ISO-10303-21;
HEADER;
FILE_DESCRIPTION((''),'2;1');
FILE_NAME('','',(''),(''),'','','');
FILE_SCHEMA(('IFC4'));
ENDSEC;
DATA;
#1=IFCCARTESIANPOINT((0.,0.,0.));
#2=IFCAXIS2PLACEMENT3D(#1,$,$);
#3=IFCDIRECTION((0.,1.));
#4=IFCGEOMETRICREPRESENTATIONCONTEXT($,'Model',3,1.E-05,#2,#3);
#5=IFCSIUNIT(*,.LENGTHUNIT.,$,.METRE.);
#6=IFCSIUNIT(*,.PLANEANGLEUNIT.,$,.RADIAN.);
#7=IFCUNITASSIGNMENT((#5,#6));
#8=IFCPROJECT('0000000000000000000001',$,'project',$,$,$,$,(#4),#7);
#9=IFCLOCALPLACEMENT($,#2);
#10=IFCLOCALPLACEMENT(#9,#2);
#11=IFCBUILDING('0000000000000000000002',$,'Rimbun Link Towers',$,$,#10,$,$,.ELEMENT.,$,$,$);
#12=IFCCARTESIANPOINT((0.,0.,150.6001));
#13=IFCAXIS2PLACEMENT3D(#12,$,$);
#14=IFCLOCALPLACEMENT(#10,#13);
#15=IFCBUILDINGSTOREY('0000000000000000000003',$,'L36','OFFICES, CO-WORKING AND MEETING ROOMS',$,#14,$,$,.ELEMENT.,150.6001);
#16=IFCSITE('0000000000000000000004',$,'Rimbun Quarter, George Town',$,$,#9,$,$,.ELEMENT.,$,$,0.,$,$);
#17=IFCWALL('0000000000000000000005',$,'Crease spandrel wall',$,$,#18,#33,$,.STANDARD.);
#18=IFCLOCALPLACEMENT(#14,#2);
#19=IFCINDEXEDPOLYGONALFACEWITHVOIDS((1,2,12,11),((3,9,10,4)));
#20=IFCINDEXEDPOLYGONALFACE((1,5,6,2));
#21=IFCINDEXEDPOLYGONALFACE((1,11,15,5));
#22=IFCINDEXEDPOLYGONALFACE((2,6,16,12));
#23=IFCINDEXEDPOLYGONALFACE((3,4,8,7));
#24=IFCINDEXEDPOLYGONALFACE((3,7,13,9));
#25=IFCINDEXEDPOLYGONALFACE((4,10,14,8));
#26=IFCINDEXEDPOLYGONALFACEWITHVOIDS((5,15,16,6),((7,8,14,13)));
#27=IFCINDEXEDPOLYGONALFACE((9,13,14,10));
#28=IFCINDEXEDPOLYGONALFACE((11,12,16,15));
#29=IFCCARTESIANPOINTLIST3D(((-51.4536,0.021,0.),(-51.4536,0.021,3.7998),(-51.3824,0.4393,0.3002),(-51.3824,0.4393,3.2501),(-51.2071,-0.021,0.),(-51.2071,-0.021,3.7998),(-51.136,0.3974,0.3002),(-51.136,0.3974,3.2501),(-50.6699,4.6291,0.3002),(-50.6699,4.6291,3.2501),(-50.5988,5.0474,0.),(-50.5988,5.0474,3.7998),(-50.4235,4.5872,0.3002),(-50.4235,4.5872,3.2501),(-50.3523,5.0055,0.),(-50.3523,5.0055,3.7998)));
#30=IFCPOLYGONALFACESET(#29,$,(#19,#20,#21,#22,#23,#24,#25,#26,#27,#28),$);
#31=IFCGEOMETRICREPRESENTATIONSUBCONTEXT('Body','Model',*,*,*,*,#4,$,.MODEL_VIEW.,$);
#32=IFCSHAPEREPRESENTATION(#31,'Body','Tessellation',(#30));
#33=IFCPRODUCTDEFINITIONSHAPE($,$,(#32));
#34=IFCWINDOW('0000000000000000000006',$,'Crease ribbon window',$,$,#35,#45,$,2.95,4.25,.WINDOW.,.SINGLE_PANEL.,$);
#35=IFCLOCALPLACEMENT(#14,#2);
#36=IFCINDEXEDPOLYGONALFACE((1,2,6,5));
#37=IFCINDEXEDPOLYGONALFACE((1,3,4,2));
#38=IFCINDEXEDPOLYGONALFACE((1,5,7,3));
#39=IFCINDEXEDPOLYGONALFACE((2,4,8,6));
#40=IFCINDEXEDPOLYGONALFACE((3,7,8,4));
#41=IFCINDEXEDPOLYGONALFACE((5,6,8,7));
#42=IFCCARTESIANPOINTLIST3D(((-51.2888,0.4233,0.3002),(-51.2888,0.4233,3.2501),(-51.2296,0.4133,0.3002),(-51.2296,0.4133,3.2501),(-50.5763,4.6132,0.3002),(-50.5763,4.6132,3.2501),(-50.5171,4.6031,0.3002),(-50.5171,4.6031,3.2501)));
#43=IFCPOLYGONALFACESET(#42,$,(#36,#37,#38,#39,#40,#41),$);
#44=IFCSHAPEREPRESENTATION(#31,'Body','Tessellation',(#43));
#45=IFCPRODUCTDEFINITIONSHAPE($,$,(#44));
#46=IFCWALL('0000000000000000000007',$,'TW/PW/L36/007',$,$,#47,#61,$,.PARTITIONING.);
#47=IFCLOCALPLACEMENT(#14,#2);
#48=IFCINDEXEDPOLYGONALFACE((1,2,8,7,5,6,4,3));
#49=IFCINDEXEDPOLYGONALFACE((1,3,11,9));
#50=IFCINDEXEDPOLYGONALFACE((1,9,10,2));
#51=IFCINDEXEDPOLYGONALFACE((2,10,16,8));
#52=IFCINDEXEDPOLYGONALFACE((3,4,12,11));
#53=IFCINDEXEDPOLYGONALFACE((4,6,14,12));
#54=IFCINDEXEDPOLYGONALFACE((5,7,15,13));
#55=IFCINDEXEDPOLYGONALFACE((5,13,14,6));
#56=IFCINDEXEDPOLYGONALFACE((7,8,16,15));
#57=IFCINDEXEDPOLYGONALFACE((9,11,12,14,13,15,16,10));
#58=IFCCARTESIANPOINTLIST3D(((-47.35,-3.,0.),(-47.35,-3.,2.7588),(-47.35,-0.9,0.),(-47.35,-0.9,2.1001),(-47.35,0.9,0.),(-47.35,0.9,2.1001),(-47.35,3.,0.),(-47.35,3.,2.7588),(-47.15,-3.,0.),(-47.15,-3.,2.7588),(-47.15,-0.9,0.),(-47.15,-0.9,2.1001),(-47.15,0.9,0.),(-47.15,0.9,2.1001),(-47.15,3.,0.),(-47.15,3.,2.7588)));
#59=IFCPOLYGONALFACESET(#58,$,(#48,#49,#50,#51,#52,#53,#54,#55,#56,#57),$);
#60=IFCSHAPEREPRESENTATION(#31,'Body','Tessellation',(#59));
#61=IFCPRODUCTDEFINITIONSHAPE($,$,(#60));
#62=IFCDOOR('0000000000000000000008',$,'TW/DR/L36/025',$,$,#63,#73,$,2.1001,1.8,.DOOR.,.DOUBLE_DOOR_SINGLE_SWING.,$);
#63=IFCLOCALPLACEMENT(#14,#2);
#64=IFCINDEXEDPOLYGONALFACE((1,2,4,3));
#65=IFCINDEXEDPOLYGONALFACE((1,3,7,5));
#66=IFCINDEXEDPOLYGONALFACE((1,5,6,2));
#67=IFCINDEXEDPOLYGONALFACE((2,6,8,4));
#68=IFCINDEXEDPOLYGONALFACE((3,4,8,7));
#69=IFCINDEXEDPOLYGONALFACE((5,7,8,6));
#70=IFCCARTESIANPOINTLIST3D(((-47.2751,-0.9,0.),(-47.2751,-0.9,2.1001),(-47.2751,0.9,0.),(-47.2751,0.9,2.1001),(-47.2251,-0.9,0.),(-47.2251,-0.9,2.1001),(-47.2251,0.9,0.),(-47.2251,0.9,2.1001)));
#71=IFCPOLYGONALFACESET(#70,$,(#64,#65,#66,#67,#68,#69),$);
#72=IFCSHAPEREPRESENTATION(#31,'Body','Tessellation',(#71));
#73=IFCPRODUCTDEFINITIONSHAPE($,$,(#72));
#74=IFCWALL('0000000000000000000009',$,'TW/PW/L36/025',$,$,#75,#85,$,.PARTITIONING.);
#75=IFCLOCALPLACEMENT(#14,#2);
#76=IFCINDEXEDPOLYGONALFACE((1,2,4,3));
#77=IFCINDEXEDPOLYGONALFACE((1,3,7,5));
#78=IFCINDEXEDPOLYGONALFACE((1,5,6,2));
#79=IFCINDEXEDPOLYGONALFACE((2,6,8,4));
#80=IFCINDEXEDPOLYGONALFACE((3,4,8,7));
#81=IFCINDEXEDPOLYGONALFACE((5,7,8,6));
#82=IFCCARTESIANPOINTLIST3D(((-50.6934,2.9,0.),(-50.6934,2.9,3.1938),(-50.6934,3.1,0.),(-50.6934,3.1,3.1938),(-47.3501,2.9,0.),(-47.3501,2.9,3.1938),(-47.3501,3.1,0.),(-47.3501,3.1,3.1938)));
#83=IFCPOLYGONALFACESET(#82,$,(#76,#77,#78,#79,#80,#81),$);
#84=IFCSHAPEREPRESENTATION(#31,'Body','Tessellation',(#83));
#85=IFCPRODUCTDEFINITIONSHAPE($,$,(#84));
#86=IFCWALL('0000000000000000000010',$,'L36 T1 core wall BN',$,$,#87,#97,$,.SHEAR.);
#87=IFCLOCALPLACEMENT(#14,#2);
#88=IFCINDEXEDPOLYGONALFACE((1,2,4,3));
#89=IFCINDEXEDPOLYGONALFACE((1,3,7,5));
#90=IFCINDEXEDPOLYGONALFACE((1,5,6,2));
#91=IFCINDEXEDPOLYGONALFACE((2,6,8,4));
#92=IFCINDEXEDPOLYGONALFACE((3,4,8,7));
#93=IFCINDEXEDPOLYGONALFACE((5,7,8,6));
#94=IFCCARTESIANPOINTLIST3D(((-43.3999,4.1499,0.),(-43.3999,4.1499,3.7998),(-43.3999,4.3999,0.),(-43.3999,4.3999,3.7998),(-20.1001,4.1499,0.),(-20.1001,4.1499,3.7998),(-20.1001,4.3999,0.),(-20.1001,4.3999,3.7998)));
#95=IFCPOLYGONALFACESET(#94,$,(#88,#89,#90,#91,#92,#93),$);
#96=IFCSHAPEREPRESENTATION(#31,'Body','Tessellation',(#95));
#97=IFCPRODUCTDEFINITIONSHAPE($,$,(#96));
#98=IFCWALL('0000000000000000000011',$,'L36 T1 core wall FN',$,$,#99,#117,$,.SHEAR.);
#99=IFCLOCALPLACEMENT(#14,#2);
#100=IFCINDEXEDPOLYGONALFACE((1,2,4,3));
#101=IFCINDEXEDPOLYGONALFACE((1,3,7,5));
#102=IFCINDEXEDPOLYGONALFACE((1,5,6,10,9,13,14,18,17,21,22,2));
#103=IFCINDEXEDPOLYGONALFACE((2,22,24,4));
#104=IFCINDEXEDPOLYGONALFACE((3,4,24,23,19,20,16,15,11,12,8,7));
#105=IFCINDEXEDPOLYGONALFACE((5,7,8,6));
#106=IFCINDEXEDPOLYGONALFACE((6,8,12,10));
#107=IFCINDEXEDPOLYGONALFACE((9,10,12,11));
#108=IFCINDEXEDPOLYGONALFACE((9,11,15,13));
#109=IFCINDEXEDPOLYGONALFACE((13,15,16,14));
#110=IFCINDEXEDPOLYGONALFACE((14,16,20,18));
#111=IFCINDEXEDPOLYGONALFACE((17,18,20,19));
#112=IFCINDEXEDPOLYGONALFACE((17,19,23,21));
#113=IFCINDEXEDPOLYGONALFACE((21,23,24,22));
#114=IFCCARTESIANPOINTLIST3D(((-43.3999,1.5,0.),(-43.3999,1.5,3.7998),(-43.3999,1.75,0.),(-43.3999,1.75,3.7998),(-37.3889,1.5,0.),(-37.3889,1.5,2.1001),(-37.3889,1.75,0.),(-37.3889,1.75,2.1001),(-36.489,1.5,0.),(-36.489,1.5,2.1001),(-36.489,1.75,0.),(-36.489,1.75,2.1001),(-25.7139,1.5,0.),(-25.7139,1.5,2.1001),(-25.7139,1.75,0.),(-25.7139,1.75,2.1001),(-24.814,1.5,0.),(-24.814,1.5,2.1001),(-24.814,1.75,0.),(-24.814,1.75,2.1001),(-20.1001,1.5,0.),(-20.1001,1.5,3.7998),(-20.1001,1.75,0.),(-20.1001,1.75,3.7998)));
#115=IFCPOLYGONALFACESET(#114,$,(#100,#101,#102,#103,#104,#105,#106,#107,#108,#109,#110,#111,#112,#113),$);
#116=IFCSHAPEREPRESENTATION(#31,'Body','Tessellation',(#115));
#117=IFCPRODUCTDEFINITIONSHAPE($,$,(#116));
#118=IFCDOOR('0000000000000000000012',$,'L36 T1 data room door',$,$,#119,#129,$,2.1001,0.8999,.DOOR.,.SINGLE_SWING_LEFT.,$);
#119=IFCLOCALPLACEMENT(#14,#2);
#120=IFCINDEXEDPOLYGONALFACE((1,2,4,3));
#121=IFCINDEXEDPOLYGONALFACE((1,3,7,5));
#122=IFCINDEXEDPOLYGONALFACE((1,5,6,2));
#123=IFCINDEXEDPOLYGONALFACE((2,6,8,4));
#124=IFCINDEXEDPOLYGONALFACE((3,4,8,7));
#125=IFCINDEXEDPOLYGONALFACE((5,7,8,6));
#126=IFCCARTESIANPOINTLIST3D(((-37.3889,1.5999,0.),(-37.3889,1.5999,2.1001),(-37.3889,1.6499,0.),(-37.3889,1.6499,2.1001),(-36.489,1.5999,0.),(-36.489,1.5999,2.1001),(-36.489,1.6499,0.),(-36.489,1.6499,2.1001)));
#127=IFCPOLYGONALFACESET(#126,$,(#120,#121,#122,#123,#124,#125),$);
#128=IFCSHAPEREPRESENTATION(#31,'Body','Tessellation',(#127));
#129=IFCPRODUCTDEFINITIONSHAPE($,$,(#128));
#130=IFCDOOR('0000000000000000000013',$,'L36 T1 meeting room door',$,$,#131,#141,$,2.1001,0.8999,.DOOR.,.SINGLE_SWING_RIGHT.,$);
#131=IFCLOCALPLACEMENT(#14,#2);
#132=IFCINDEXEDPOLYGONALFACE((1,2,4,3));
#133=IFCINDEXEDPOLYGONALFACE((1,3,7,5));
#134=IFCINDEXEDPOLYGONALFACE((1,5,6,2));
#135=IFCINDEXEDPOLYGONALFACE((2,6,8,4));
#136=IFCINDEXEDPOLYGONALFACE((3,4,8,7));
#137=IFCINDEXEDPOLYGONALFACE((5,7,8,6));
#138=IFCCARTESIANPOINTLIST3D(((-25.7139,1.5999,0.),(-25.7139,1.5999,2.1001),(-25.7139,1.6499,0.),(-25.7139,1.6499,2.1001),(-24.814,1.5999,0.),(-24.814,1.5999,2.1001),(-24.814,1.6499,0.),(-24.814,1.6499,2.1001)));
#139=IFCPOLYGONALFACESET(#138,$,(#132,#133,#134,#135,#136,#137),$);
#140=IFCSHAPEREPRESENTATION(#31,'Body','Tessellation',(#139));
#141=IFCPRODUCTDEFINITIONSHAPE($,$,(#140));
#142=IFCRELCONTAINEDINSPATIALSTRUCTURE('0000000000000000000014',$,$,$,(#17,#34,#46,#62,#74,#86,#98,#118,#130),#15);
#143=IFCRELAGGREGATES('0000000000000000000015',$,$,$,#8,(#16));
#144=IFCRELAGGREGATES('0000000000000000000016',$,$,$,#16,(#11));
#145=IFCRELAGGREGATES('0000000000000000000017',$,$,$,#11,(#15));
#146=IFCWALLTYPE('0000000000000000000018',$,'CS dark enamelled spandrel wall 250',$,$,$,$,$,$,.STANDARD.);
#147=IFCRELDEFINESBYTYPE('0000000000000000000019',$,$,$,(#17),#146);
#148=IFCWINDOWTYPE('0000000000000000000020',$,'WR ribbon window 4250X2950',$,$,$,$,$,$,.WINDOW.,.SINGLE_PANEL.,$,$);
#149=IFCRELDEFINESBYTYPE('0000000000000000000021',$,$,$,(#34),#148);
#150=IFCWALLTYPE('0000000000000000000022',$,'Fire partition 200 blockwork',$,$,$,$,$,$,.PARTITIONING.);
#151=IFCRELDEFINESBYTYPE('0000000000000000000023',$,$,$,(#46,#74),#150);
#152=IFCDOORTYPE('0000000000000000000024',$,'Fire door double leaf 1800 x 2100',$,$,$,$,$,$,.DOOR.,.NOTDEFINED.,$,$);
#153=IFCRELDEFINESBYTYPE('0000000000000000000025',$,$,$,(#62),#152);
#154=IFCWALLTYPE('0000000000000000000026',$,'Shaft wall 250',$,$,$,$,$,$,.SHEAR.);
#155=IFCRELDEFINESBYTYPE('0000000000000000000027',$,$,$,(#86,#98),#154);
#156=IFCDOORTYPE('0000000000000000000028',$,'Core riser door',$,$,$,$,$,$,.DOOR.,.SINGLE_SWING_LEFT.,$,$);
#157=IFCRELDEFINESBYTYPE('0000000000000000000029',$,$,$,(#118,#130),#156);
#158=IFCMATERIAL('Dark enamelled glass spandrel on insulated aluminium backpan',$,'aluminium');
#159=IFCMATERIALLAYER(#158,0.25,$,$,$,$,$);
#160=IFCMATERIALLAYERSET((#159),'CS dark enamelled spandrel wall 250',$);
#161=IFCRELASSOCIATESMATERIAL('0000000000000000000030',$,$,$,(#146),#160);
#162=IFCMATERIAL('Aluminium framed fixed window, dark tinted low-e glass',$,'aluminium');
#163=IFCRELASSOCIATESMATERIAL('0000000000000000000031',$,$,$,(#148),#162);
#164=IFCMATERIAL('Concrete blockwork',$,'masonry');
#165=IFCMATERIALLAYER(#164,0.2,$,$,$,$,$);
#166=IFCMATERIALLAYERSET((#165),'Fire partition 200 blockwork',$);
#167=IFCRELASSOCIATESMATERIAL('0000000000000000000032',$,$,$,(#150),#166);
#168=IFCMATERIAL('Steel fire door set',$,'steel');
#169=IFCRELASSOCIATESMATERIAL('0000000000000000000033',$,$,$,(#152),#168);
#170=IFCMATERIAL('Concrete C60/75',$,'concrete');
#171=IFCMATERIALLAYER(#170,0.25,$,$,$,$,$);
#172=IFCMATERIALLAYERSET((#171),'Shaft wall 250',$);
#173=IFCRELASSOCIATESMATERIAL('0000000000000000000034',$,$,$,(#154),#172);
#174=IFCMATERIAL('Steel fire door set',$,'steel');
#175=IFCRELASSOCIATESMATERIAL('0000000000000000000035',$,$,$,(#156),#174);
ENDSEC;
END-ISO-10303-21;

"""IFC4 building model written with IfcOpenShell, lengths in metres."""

from ifc_helpers import new_model, si_unit, direction, frame, frame_2d, origin, place, context, subcontext, project, spatial, rectangle, extrude, material, layer, layer_set, type_object, element, fill, save


model = new_model("IFC4")

# Units and contexts
model_context = context("Model", 3, precision=1e-05, world=origin(), true_north=direction((0.0, 1.0)))
body_context = subcontext(model_context, "Body", "Model", "MODEL_VIEW")
ifc_project = project(units=[si_unit("LENGTHUNIT", "METRE"), si_unit("PLANEANGLEUNIT", "RADIAN")], contexts=[model_context])

# Site, building, storey
site_placement = place(None, origin())
site = spatial("IfcSite", under=ifc_project, at=site_placement, Name="Rimbun Quarter, George Town", CompositionType="ELEMENT", RefElevation=0.0)
building_placement = place(site_placement, origin())
building = spatial("IfcBuilding", under=site, at=building_placement, Name="Rimbun Link Towers", CompositionType="ELEMENT")
storey_placement = place(building_placement, frame((0.0, 0.0, 150.6001)))
storey = spatial("IfcBuildingStorey", under=building, at=storey_placement, Name="L36", Description="OFFICES, CO-WORKING AND MEETING ROOMS", CompositionType="ELEMENT", Elevation=150.6001)

# Wall, opening, window
ifc_material_1 = material(Name="Dark enamelled glass spandrel on insulated aluminium backpan", Category="aluminium")
ifc_layer_1 = layer(ifc_material_1, 0.25)
ifc_layer_set_1 = layer_set([ifc_layer_1], Name="CS dark enamelled spandrel wall 250")
wall_type_1 = type_object("IfcWallType", Name="CS dark enamelled spandrel wall 250", PredefinedType="STANDARD", material=ifc_layer_set_1)
wall_1_placement = place(storey_placement, frame((-51.3303, 0.0, 0.0), z_axis=(0.0, 0.0, 1.0), x_axis=(0.167644, 0.985848, 0.0)))
wall_1 = element("IfcWall", 1, at=wall_1_placement, inside=storey, type_object=wall_type_1, Name="Crease spandrel wall", PredefinedType="STANDARD", context=body_context, shape_type="SweptSolid", body=[
    extrude(rectangle(XDim=5.0986, YDim=0.25, at=frame_2d((2.5493, 0.0))), origin(), (0.0, 0.0, 1.0), 3.7998),
])
opening_1_placement = place(wall_1_placement, frame((0.4243, 0.0, 0.3)))
opening_1 = element("IfcOpeningElement", 2, at=opening_1_placement, cuts=wall_1, PredefinedType="OPENING", context=body_context, shape_type="SweptSolid", body=[
    extrude(rectangle(XDim=4.25, YDim=2.95, at=frame_2d((2.125, 1.4751))), frame((0.0, 0.135, 0.0), z_axis=(0.0, -1.0, 0.0), x_axis=(1.0, 0.0, 0.0)), (0.0, 0.0, 1.0), 0.27),
])
ifc_material_2 = material(Name="Aluminium framed fixed window, dark tinted low-e glass", Category="aluminium")
window_type_1 = type_object("IfcWindowType", Name="WR ribbon window 4250X2950", PartitioningType="SINGLE_PANEL", PredefinedType="WINDOW", material=ifc_material_2)
window_1_placement = place(opening_1_placement, origin())
window_1 = element("IfcWindow", 3, at=window_1_placement, inside=storey, type_object=window_type_1, Name="Crease ribbon window", OverallHeight=2.95, OverallWidth=4.25, PartitioningType="SINGLE_PANEL", PredefinedType="WINDOW", context=body_context, shape_type="SweptSolid", body=[
    extrude(rectangle(XDim=4.25, YDim=2.95, at=frame_2d((2.125, 1.4751))), frame((0.0, 0.03, 0.0), z_axis=(0.0, -1.0, 0.0), x_axis=(1.0, 0.0, 0.0)), (0.0, 0.0, 1.0), 0.0601),
])
fill(opening_1, window_1)

# Wall, opening, door
ifc_material_3 = material(Name="Concrete blockwork", Category="masonry")
ifc_layer_2 = layer(ifc_material_3, 0.2)
ifc_layer_set_2 = layer_set([ifc_layer_2], Name="Fire partition 200 blockwork")
wall_type_2 = type_object("IfcWallType", Name="Fire partition 200 blockwork", PredefinedType="PARTITIONING", material=ifc_layer_set_2)
wall_2_placement = place(storey_placement, frame((-47.25, 3.0, 0.0), z_axis=(0.0, 0.0, 1.0), x_axis=(0.0, -1.0, 0.0)))
wall_2 = element("IfcWall", 4, at=wall_2_placement, inside=storey, type_object=wall_type_2, Name="TW/PW/L36/007", PredefinedType="PARTITIONING", context=body_context, shape_type="SweptSolid", body=[
    extrude(rectangle(XDim=6.0, YDim=0.2, at=frame_2d((3.0, 0.0))), origin(), (0.0, 0.0, 1.0), 2.7588),
])
opening_2_placement = place(wall_2_placement, frame((2.1001, 0.0, 0.0)))
opening_2 = element("IfcOpeningElement", 5, at=opening_2_placement, cuts=wall_2, PredefinedType="OPENING", context=body_context, shape_type="SweptSolid", body=[
    extrude(rectangle(XDim=1.8, YDim=2.1001, at=frame_2d((0.8999, 1.05))), frame((0.0, 0.1099, 0.0), z_axis=(0.0, -1.0, 0.0), x_axis=(1.0, 0.0, 0.0)), (0.0, 0.0, 1.0), 0.22),
])
ifc_material_4 = material(Name="Steel fire door set", Category="steel")
door_type_1 = type_object("IfcDoorType", Name="Fire door double leaf 1800 x 2100", OperationType="NOTDEFINED", PredefinedType="DOOR", material=ifc_material_4)
door_1_placement = place(opening_2_placement, origin())
door_1 = element("IfcDoor", 6, at=door_1_placement, inside=storey, type_object=door_type_1, Name="TW/DR/L36/025", OperationType="DOUBLE_DOOR_SINGLE_SWING", OverallHeight=2.1001, OverallWidth=1.8, PredefinedType="DOOR", context=body_context, shape_type="SweptSolid", body=[
    extrude(rectangle(XDim=1.8, YDim=2.1001, at=frame_2d((0.8999, 1.05))), frame((0.0, 0.0249, 0.0), z_axis=(0.0, -1.0, 0.0), x_axis=(1.0, 0.0, 0.0)), (0.0, 0.0, 1.0), 0.05),
])
fill(opening_2, door_1)

# Walls
wall_3_placement = place(storey_placement, frame((-47.3501, 3.0, 0.0), z_axis=(0.0, 0.0, 1.0), x_axis=(-1.0, 0.0, 0.0)))
element("IfcWall", 7, at=wall_3_placement, inside=storey, type_object=wall_type_2, Name="TW/PW/L36/025", PredefinedType="PARTITIONING", context=body_context, shape_type="SweptSolid", body=[
    extrude(rectangle(XDim=3.3433, YDim=0.2, at=frame_2d((1.6716, 0.0))), origin(), (0.0, 0.0, 1.0), 3.1938),
])
ifc_material_5 = material(Name="Concrete C60/75", Category="concrete")
ifc_layer_3 = layer(ifc_material_5, 0.25)
ifc_layer_set_3 = layer_set([ifc_layer_3], Name="Shaft wall 250")
wall_type_3 = type_object("IfcWallType", Name="Shaft wall 250", PredefinedType="SHEAR", material=ifc_layer_set_3)
wall_4_placement = place(storey_placement, frame((-43.3999, 4.2749, 0.0), z_axis=(0.0, 0.0, 1.0), x_axis=(1.0, 0.0, 0.0)))
element("IfcWall", 8, at=wall_4_placement, inside=storey, type_object=wall_type_3, Name="L36 T1 core wall BN", PredefinedType="SHEAR", context=body_context, shape_type="SweptSolid", body=[
    extrude(rectangle(XDim=23.2998, YDim=0.25, at=frame_2d((11.6499, 0.0))), origin(), (0.0, 0.0, 1.0), 3.7998),
])

# Wall, openings, doors
wall_5_placement = place(storey_placement, frame((-43.3999, 1.625, 0.0), z_axis=(0.0, 0.0, 1.0), x_axis=(1.0, 0.0, 0.0)))
wall_5 = element("IfcWall", 9, at=wall_5_placement, inside=storey, type_object=wall_type_3, Name="L36 T1 core wall FN", PredefinedType="SHEAR", context=body_context, shape_type="SweptSolid", body=[
    extrude(rectangle(XDim=23.2998, YDim=0.25, at=frame_2d((11.6499, 0.0))), origin(), (0.0, 0.0, 1.0), 3.7998),
])
opening_3_placement = place(wall_5_placement, frame((6.011, 0.0, 0.0)))
opening_3 = element("IfcOpeningElement", 10, at=opening_3_placement, cuts=wall_5, PredefinedType="OPENING", context=body_context, shape_type="SweptSolid", body=[
    extrude(rectangle(XDim=0.8999, YDim=2.1001, at=frame_2d((0.45, 1.05))), frame((0.0, 0.135, 0.0), z_axis=(0.0, -1.0, 0.0), x_axis=(1.0, 0.0, 0.0)), (0.0, 0.0, 1.0), 0.27),
])
opening_4_placement = place(wall_5_placement, frame((17.686, 0.0, 0.0)))
opening_4 = element("IfcOpeningElement", 11, at=opening_4_placement, cuts=wall_5, PredefinedType="OPENING", context=body_context, shape_type="SweptSolid", body=[
    extrude(rectangle(XDim=0.8999, YDim=2.1001, at=frame_2d((0.45, 1.05))), frame((0.0, 0.135, 0.0), z_axis=(0.0, -1.0, 0.0), x_axis=(1.0, 0.0, 0.0)), (0.0, 0.0, 1.0), 0.27),
])
ifc_material_6 = material(Name="Steel fire door set", Category="steel")
door_type_2 = type_object("IfcDoorType", Name="Core riser door", OperationType="SINGLE_SWING_LEFT", PredefinedType="DOOR", material=ifc_material_6)
door_2_placement = place(opening_3_placement, origin())
door_2 = element("IfcDoor", 12, at=door_2_placement, inside=storey, type_object=door_type_2, Name="L36 T1 data room door", OperationType="SINGLE_SWING_LEFT", OverallHeight=2.1001, OverallWidth=0.8999, PredefinedType="DOOR", context=body_context, shape_type="SweptSolid", body=[
    extrude(rectangle(XDim=0.8999, YDim=2.1001, at=frame_2d((0.45, 1.05))), frame((0.0, 0.0249, 0.0), z_axis=(0.0, -1.0, 0.0), x_axis=(1.0, 0.0, 0.0)), (0.0, 0.0, 1.0), 0.05),
])
fill(opening_3, door_2)
door_3_placement = place(opening_4_placement, origin())
door_3 = element("IfcDoor", 13, at=door_3_placement, inside=storey, type_object=door_type_2, Name="L36 T1 meeting room door", OperationType="SINGLE_SWING_RIGHT", OverallHeight=2.1001, OverallWidth=0.8999, PredefinedType="DOOR", context=body_context, shape_type="SweptSolid", body=[
    extrude(rectangle(XDim=0.8999, YDim=2.1001, at=frame_2d((0.45, 1.05))), frame((0.0, 0.0249, 0.0), z_axis=(0.0, -1.0, 0.0), x_axis=(1.0, 0.0, 0.0)), (0.0, 0.0, 1.0), 0.05),
])
fill(opening_4, door_3)

save(model, "model.ifc")
